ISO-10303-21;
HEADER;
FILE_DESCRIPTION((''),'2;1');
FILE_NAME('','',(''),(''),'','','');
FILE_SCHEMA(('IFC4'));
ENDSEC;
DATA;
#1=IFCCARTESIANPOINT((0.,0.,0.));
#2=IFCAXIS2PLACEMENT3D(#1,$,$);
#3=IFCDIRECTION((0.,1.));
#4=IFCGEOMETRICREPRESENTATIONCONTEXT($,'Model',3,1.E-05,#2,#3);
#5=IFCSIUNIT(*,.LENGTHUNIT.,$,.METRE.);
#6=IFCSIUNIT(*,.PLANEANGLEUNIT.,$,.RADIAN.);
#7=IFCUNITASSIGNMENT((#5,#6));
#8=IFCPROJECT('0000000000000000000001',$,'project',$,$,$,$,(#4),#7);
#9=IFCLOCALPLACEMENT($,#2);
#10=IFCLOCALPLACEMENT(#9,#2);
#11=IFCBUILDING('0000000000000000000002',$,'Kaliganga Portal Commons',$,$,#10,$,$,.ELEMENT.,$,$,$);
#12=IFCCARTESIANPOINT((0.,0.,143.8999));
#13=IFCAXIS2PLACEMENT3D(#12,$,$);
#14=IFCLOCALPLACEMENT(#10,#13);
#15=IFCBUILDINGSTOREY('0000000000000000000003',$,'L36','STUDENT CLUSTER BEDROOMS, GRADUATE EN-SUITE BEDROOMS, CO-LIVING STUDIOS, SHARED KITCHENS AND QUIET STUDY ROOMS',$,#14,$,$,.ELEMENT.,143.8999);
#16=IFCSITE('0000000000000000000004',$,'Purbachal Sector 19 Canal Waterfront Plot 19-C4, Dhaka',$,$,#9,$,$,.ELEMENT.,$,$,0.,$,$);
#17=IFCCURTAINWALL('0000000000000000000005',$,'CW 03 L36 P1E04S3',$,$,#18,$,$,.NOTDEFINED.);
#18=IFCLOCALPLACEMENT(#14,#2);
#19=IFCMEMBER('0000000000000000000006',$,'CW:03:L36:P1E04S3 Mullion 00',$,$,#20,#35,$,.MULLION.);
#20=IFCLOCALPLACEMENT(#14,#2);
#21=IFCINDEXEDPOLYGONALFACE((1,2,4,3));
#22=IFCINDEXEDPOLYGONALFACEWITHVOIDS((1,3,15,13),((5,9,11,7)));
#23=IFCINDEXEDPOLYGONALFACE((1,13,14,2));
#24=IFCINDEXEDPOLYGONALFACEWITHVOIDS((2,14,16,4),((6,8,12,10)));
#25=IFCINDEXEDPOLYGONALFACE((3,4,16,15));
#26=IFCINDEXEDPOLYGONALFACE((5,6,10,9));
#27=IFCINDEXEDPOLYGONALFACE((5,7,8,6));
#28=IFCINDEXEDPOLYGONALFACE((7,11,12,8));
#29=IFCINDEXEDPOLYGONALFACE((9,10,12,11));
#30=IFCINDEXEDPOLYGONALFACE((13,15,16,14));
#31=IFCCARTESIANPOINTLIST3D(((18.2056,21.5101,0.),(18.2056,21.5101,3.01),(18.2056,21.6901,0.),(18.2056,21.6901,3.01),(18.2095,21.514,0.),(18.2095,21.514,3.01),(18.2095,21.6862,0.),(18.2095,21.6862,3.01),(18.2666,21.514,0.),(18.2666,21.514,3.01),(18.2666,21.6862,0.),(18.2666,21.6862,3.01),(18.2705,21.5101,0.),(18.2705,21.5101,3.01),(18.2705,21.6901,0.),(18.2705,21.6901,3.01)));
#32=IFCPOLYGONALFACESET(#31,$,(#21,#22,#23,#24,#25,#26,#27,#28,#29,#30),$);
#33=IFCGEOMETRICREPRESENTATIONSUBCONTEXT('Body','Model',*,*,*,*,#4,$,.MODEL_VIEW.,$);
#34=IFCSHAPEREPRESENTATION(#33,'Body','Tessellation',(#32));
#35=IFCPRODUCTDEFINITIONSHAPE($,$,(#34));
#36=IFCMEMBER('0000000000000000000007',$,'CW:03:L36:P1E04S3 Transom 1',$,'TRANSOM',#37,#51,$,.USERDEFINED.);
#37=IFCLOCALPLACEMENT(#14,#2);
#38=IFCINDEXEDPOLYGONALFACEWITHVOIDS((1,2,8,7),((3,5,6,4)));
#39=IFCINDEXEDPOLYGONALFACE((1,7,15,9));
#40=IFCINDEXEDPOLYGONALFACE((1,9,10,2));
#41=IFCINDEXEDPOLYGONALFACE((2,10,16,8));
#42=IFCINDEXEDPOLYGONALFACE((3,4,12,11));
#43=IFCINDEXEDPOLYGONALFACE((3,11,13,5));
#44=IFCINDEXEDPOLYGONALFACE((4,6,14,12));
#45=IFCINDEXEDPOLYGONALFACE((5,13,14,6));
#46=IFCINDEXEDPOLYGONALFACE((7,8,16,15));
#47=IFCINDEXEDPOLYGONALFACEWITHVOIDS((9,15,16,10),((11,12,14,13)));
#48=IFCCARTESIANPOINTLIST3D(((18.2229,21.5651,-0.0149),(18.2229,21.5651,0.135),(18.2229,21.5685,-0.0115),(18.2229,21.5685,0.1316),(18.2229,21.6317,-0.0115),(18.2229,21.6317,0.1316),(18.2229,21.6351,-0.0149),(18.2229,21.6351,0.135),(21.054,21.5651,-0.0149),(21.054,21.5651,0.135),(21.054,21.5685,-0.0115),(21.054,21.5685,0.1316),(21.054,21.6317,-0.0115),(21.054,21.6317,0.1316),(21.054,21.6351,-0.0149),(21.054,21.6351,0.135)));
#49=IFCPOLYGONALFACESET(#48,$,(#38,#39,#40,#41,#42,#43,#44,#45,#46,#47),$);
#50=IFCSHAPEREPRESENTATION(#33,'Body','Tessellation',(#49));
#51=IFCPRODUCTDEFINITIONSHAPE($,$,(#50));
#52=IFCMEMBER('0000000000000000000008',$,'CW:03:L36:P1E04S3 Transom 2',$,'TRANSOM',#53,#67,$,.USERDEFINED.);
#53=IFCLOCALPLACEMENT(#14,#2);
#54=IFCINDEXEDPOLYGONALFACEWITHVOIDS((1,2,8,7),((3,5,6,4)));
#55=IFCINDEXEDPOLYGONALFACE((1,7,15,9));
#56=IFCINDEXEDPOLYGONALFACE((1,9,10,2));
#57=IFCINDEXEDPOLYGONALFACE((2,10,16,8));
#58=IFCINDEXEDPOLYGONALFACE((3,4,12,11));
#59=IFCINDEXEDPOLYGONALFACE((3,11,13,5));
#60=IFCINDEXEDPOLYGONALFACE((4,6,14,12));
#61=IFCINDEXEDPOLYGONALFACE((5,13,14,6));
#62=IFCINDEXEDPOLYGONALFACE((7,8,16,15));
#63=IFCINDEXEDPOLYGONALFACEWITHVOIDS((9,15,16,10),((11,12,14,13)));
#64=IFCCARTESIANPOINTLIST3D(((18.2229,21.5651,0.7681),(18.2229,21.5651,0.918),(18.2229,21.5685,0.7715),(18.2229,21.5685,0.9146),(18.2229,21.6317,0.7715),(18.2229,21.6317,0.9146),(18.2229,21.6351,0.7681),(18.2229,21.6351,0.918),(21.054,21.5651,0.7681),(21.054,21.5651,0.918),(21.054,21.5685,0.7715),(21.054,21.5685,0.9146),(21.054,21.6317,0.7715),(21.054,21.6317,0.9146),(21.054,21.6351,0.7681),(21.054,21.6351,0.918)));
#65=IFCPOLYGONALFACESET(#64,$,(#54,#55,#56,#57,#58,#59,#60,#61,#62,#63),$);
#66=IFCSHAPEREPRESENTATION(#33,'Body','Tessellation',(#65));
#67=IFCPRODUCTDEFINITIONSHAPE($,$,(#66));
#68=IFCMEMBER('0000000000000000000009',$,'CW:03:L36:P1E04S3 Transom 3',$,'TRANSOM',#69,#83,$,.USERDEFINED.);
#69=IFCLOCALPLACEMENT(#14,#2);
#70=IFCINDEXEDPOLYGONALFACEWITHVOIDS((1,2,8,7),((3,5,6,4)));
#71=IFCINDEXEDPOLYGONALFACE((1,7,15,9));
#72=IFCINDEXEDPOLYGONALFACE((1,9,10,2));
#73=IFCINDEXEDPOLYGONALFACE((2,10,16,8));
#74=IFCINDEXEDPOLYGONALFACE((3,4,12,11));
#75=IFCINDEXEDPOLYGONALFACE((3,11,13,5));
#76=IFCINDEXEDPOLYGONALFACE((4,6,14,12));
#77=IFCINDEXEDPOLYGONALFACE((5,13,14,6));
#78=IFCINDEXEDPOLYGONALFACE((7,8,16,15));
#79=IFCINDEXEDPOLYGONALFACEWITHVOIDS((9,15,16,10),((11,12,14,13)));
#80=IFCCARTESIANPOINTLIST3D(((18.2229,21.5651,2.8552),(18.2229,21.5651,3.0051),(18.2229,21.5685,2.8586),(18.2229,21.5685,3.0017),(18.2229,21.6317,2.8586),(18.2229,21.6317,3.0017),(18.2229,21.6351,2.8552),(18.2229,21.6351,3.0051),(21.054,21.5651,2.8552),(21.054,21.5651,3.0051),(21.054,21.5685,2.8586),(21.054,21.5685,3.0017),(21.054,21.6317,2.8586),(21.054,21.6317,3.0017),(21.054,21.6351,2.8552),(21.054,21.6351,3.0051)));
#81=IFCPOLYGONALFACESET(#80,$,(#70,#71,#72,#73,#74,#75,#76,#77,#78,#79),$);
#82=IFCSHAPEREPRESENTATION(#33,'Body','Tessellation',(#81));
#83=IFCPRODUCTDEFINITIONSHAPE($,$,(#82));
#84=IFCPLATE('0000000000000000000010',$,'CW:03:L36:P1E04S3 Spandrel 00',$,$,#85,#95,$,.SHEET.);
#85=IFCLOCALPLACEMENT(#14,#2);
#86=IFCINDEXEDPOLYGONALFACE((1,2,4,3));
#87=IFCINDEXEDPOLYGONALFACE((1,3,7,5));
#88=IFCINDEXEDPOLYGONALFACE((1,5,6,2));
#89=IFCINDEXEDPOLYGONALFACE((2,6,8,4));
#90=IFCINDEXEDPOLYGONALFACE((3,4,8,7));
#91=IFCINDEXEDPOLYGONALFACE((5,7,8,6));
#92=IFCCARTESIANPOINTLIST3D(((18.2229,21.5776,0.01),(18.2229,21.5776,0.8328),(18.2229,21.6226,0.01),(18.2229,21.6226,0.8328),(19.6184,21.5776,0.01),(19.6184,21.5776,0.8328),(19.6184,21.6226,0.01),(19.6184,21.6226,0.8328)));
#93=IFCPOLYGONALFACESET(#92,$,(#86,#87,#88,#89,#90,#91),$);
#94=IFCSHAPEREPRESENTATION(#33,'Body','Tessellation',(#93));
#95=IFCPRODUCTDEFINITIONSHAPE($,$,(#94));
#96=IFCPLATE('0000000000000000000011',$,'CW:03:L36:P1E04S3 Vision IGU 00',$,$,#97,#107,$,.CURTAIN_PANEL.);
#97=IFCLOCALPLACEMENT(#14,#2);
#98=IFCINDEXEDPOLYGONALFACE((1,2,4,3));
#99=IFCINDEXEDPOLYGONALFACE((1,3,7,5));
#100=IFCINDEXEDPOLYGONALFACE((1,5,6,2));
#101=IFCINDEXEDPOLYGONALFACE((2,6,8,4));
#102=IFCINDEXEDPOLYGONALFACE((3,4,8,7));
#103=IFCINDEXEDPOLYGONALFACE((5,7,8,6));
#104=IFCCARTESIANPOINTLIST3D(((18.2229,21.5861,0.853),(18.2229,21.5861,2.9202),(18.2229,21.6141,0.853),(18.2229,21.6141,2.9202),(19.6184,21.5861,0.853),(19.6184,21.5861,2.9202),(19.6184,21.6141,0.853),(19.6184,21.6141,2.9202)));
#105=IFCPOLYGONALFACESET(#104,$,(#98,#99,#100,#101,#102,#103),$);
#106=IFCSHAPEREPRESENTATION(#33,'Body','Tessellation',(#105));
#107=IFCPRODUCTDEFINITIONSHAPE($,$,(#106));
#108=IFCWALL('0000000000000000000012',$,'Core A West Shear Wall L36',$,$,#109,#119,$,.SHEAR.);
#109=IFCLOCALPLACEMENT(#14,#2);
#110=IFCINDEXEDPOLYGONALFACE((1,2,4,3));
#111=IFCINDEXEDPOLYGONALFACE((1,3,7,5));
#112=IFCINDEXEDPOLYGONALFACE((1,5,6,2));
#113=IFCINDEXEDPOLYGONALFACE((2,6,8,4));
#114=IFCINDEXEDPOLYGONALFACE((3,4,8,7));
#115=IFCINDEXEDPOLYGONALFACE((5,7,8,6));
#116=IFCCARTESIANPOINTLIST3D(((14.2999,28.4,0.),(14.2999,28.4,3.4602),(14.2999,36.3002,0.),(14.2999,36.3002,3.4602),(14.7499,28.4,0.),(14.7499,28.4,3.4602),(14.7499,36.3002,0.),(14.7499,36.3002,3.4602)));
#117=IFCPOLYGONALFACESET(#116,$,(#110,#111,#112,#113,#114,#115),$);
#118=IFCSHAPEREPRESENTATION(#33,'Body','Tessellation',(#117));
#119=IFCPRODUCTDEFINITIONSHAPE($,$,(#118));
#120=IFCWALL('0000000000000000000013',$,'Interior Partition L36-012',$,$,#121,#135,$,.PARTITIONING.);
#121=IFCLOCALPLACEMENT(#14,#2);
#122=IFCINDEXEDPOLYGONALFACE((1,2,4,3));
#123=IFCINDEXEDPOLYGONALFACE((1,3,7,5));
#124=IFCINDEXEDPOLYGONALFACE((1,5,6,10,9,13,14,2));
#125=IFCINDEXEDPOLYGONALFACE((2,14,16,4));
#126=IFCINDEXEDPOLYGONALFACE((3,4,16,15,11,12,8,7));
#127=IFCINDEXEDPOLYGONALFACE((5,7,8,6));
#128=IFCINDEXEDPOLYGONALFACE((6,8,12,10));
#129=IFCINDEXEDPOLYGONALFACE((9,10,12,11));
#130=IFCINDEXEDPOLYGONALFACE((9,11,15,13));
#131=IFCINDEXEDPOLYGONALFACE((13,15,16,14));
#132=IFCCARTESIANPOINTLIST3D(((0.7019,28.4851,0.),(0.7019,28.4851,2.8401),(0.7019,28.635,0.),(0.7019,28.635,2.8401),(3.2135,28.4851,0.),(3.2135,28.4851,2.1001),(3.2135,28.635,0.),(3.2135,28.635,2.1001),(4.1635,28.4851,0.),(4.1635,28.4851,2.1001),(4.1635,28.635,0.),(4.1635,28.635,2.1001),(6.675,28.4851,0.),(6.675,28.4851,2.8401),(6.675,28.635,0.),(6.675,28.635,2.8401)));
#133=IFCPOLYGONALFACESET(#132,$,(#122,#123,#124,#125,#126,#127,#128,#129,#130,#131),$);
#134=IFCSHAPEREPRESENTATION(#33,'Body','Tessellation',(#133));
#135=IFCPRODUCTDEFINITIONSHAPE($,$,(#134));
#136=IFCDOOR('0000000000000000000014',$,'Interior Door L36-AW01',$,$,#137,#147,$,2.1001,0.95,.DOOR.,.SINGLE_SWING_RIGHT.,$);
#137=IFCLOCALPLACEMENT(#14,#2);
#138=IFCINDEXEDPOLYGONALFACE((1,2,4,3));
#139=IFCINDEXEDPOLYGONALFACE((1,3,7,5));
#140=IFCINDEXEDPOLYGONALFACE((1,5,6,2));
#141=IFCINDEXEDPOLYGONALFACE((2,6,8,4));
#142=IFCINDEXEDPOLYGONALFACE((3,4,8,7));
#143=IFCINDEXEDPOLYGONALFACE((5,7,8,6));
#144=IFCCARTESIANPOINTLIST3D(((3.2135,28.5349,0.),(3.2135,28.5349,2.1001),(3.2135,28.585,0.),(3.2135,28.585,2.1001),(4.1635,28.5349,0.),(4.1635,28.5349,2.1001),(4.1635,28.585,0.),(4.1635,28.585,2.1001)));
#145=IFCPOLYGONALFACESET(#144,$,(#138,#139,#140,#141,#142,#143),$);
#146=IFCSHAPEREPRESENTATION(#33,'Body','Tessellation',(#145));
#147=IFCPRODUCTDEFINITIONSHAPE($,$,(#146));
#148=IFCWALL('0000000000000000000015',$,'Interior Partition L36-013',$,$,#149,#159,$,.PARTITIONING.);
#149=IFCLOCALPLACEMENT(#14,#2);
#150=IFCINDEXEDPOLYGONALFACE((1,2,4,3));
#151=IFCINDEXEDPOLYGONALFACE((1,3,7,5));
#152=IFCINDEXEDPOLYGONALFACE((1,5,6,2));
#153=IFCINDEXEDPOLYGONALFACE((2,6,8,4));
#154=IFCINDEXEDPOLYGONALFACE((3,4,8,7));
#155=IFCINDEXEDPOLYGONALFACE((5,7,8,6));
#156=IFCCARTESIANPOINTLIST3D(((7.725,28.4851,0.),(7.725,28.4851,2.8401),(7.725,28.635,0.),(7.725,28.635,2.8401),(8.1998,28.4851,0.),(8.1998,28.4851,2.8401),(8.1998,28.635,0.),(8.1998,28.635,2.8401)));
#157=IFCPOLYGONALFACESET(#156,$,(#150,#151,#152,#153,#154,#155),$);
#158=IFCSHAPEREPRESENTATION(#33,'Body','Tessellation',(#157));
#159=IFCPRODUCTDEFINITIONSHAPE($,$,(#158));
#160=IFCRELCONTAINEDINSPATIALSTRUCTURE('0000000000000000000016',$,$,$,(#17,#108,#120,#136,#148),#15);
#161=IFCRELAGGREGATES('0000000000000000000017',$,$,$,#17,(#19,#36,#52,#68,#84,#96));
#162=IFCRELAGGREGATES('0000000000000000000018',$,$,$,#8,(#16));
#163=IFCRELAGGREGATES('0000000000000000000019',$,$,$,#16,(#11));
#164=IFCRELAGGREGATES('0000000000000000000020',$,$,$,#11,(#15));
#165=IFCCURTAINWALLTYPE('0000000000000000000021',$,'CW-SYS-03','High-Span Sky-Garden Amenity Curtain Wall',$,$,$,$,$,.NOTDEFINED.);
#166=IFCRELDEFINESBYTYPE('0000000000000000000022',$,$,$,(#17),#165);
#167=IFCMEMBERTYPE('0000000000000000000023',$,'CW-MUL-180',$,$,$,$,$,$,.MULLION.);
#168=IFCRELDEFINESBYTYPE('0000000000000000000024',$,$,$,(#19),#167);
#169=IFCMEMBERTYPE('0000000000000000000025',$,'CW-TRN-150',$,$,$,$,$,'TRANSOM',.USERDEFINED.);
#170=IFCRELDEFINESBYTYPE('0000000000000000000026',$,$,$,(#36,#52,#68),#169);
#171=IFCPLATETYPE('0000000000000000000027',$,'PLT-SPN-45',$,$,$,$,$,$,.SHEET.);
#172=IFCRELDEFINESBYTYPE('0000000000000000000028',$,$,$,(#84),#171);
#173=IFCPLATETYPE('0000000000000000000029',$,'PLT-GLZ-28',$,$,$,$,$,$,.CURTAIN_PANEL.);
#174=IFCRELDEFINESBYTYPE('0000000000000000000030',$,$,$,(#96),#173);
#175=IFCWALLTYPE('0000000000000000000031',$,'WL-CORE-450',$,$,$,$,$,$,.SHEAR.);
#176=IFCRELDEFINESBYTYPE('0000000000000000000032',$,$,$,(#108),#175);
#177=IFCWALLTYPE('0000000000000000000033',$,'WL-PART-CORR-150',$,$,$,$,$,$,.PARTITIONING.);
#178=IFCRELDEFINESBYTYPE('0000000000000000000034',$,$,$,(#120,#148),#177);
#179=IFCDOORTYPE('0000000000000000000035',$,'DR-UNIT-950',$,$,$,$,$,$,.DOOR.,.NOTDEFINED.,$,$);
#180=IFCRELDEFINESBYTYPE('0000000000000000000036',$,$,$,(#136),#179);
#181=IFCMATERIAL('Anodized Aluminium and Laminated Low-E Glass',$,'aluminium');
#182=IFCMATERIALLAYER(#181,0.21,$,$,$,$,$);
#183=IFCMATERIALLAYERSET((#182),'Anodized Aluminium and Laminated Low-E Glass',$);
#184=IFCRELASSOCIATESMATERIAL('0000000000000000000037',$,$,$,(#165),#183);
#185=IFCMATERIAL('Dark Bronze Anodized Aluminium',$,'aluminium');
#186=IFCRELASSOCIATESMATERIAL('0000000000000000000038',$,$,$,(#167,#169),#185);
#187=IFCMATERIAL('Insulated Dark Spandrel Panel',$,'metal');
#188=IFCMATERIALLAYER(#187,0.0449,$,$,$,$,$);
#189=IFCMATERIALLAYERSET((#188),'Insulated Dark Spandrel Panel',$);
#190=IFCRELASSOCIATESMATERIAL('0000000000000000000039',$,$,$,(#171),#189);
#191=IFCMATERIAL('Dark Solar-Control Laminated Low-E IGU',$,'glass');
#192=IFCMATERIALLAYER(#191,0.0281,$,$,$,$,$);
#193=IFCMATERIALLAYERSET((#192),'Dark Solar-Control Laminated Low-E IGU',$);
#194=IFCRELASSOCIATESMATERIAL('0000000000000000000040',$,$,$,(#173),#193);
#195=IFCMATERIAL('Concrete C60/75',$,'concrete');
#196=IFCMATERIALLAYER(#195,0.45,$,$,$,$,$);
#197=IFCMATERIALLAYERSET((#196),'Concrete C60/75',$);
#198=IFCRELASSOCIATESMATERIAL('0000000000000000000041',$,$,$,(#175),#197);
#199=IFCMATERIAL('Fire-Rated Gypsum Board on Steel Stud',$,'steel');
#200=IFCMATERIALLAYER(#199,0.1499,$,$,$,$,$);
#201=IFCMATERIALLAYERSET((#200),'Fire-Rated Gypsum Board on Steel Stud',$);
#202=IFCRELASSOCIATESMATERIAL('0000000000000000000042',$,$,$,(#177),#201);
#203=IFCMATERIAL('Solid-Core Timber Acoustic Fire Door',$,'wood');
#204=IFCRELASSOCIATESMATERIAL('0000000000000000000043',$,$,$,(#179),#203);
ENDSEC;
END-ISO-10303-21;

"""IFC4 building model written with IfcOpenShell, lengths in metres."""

from ifc_helpers import new_model, si_unit, direction, frame, frame_2d, origin, origin_2d, place, context, subcontext, project, spatial, rectangle, hollow_rectangle, extrude, source, transform, mapped, material, layer, layer_set, material_profile, profile_set, type_object, element, fill, aggregate, save


model = new_model("IFC4")

# Units and contexts
model_context = context("Model", 3, precision=1e-05, world=origin(), true_north=direction((0.0, 1.0)))
body_context = subcontext(model_context, "Body", "Model", "MODEL_VIEW")
ifc_project = project(units=[si_unit("LENGTHUNIT", "METRE"), si_unit("PLANEANGLEUNIT", "RADIAN")], contexts=[model_context])

# Site, building, storey
site_placement = place(None, origin())
site = spatial("IfcSite", under=ifc_project, at=site_placement, Name="Purbachal Sector 19 Canal Waterfront Plot 19-C4, Dhaka", CompositionType="ELEMENT", RefElevation=0.0)
building_placement = place(site_placement, origin())
building = spatial("IfcBuilding", under=site, at=building_placement, Name="Kaliganga Portal Commons", CompositionType="ELEMENT")
storey_placement = place(building_placement, frame((0.0, 0.0, 143.8999)))
storey = spatial("IfcBuildingStorey", under=building, at=storey_placement, Name="L36", Description="STUDENT CLUSTER BEDROOMS, GRADUATE EN-SUITE BEDROOMS, CO-LIVING STUDIOS, SHARED KITCHENS AND QUIET STUDY ROOMS", CompositionType="ELEMENT", Elevation=143.8999)

# Curtain wall, members, plates
ifc_material_1 = material(Name="Anodized Aluminium and Laminated Low-E Glass", Category="aluminium")
ifc_layer_1 = layer(ifc_material_1, 0.21)
ifc_layer_set_1 = layer_set([ifc_layer_1], Name="Anodized Aluminium and Laminated Low-E Glass")
curtain_wall_type = type_object("IfcCurtainWallType", Name="CW-SYS-03", Description="High-Span Sky-Garden Amenity Curtain Wall", PredefinedType="NOTDEFINED", material=ifc_layer_set_1)
curtain_wall_placement = place(storey_placement, origin())
curtain_wall = element("IfcCurtainWall", 1, at=curtain_wall_placement, inside=storey, type_object=curtain_wall_type, Name="CW 03 L36 P1E04S3", PredefinedType="NOTDEFINED")
ifc_material_2 = material(Name="Dark Bronze Anodized Aluminium", Category="aluminium")
ifc_material_profile_1 = material_profile(ifc_material_2, hollow_rectangle(XDim=0.0649, YDim=0.1799, WallThickness=0.0039, at=origin_2d()), Name="ALU MULL 65x180x4")
ifc_profile_set_1 = profile_set([ifc_material_profile_1], Name="Dark Bronze Anodized Aluminium")
member_type_1 = type_object("IfcMemberType", Name="CW-MUL-180", PredefinedType="MULLION", material=ifc_profile_set_1)
shared_shape_1 = source(origin(), body_context, "Body", "SweptSolid", [
    extrude(hollow_rectangle(XDim=0.0649, YDim=0.1799, WallThickness=0.0039, at=origin_2d()), origin(), (0.0, 0.0, 1.0), 3.01),
])
member_1_placement = place(storey_placement, frame((18.238, 21.6001, 0.0), z_axis=(0.0, 0.0, 1.0), x_axis=(1.0, 0.0, 0.0)))
member_1 = element("IfcMember", 2, at=member_1_placement, type_object=member_type_1, Name="CW:03:L36:P1E04S3 Mullion 00", PredefinedType="MULLION", context=body_context, shape_type="MappedRepresentation", body=[
    mapped(shared_shape_1, transform((0.0, 0.0, 0.0), x_axis=(1.0, 0.0, 0.0), y_axis=(0.0, 1.0, 0.0), z_axis=(0.0, 0.0, 1.0), scale=1.0)),
])
ifc_material_profile_2 = material_profile(ifc_material_2, hollow_rectangle(XDim=0.0701, YDim=0.1499, WallThickness=0.0034, at=origin_2d()), Name="ALU TRAN 70x150x3.5")
ifc_profile_set_2 = profile_set([ifc_material_profile_2], Name="Dark Bronze Anodized Aluminium")
member_type_2 = type_object("IfcMemberType", Name="CW-TRN-150", ElementType="TRANSOM", PredefinedType="USERDEFINED", material=ifc_profile_set_2)
shared_shape_2 = source(origin(), body_context, "Body", "SweptSolid", [
    extrude(hollow_rectangle(XDim=0.0701, YDim=0.1499, WallThickness=0.0034, at=origin_2d()), origin(), (0.0, 0.0, 1.0), 2.8311),
])
member_2_placement = place(storey_placement, frame((18.2229, 21.6001, 0.0601), z_axis=(1.0, 0.0, 0.0), x_axis=(0.0, 1.0, 0.0)))
member_2 = element("IfcMember", 3, at=member_2_placement, type_object=member_type_2, Name="CW:03:L36:P1E04S3 Transom 1", ObjectType="TRANSOM", PredefinedType="USERDEFINED", context=body_context, shape_type="MappedRepresentation", body=[
    mapped(shared_shape_2, transform((0.0, 0.0, 0.0), x_axis=(1.0, 0.0, 0.0), y_axis=(0.0, 1.0, 0.0), z_axis=(0.0, 0.0, 1.0), scale=1.0)),
])
member_3_placement = place(storey_placement, frame((18.2229, 21.6001, 0.843), z_axis=(1.0, 0.0, 0.0), x_axis=(0.0, 1.0, 0.0)))
member_3 = element("IfcMember", 4, at=member_3_placement, type_object=member_type_2, Name="CW:03:L36:P1E04S3 Transom 2", ObjectType="TRANSOM", PredefinedType="USERDEFINED", context=body_context, shape_type="MappedRepresentation", body=[
    mapped(shared_shape_2, transform((0.0, 0.0, 0.0), x_axis=(1.0, 0.0, 0.0), y_axis=(0.0, 1.0, 0.0), z_axis=(0.0, 0.0, 1.0), scale=1.0)),
])
member_4_placement = place(storey_placement, frame((18.2229, 21.6001, 2.9302), z_axis=(1.0, 0.0, 0.0), x_axis=(0.0, 1.0, 0.0)))
member_4 = element("IfcMember", 5, at=member_4_placement, type_object=member_type_2, Name="CW:03:L36:P1E04S3 Transom 3", ObjectType="TRANSOM", PredefinedType="USERDEFINED", context=body_context, shape_type="MappedRepresentation", body=[
    mapped(shared_shape_2, transform((0.0, 0.0, 0.0), x_axis=(1.0, 0.0, 0.0), y_axis=(0.0, 1.0, 0.0), z_axis=(0.0, 0.0, 1.0), scale=1.0)),
])
ifc_material_3 = material(Name="Insulated Dark Spandrel Panel", Category="metal")
ifc_layer_2 = layer(ifc_material_3, 0.0449)
ifc_layer_set_2 = layer_set([ifc_layer_2], Name="Insulated Dark Spandrel Panel")
plate_type_1 = type_object("IfcPlateType", Name="PLT-SPN-45", PredefinedType="SHEET", material=ifc_layer_set_2)
shared_shape_3 = source(origin(), body_context, "Body", "SweptSolid", [
    extrude(rectangle(XDim=1.3955, YDim=0.0449, at=origin_2d()), origin(), (0.0, 0.0, 1.0), 0.8228),
])
plate_1_placement = place(storey_placement, frame((18.9207, 21.6001, 0.01), z_axis=(0.0, 0.0, 1.0), x_axis=(1.0, 0.0, 0.0)))
plate_1 = element("IfcPlate", 6, at=plate_1_placement, type_object=plate_type_1, Name="CW:03:L36:P1E04S3 Spandrel 00", PredefinedType="SHEET", context=body_context, shape_type="MappedRepresentation", body=[
    mapped(shared_shape_3, transform((0.0, 0.0, 0.0), x_axis=(1.0, 0.0, 0.0), y_axis=(0.0, 1.0, 0.0), z_axis=(0.0, 0.0, 1.0), scale=1.0)),
])
ifc_material_4 = material(Name="Dark Solar-Control Laminated Low-E IGU", Category="glass")
ifc_layer_3 = layer(ifc_material_4, 0.0281)
ifc_layer_set_3 = layer_set([ifc_layer_3], Name="Dark Solar-Control Laminated Low-E IGU")
plate_type_2 = type_object("IfcPlateType", Name="PLT-GLZ-28", PredefinedType="CURTAIN_PANEL", material=ifc_layer_set_3)
shared_shape_4 = source(origin(), body_context, "Body", "SweptSolid", [
    extrude(rectangle(XDim=1.3955, YDim=0.0281, at=origin_2d()), origin(), (0.0, 0.0, 1.0), 2.0671),
])
plate_2_placement = place(storey_placement, frame((18.9207, 21.6001, 0.853), z_axis=(0.0, 0.0, 1.0), x_axis=(1.0, 0.0, 0.0)))
plate_2 = element("IfcPlate", 7, at=plate_2_placement, type_object=plate_type_2, Name="CW:03:L36:P1E04S3 Vision IGU 00", PredefinedType="CURTAIN_PANEL", context=body_context, shape_type="MappedRepresentation", body=[
    mapped(shared_shape_4, transform((0.0, 0.0, 0.0), x_axis=(1.0, 0.0, 0.0), y_axis=(0.0, 1.0, 0.0), z_axis=(0.0, 0.0, 1.0), scale=1.0)),
])
aggregate(curtain_wall, [member_1, member_2, member_3, member_4, plate_1, plate_2])

# Wall
ifc_material_5 = material(Name="Concrete C60/75", Category="concrete")
ifc_layer_4 = layer(ifc_material_5, 0.45)
ifc_layer_set_4 = layer_set([ifc_layer_4], Name="Concrete C60/75")
wall_type_1 = type_object("IfcWallType", Name="WL-CORE-450", PredefinedType="SHEAR", material=ifc_layer_set_4)
wall_1_placement = place(storey_placement, frame((14.5249, 28.3999, 0.0), z_axis=(0.0, 0.0, 1.0), x_axis=(0.0, 1.0, 0.0)))
element("IfcWall", 8, at=wall_1_placement, inside=storey, type_object=wall_type_1, Name="Core A West Shear Wall L36", PredefinedType="SHEAR", context=body_context, shape_type="SweptSolid", body=[
    extrude(rectangle(XDim=7.9001, YDim=0.45, at=frame_2d((3.9502, 0.0))), origin(), (0.0, 0.0, 1.0), 3.4602),
])

# Wall, opening, door
ifc_material_6 = material(Name="Fire-Rated Gypsum Board on Steel Stud", Category="steel")
ifc_layer_5 = layer(ifc_material_6, 0.1499)
ifc_layer_set_5 = layer_set([ifc_layer_5], Name="Fire-Rated Gypsum Board on Steel Stud")
wall_type_2 = type_object("IfcWallType", Name="WL-PART-CORR-150", PredefinedType="PARTITIONING", material=ifc_layer_set_5)
wall_2_placement = place(storey_placement, frame((0.7019, 28.5601, 0.0), z_axis=(0.0, 0.0, 1.0), x_axis=(1.0, 0.0, 0.0)))
wall_2 = element("IfcWall", 9, at=wall_2_placement, inside=storey, type_object=wall_type_2, Name="Interior Partition L36-012", PredefinedType="PARTITIONING", context=body_context, shape_type="SweptSolid", body=[
    extrude(rectangle(XDim=5.9731, YDim=0.1499, at=frame_2d((2.9866, 0.0))), origin(), (0.0, 0.0, 1.0), 2.8401),
])
opening_1_placement = place(wall_2_placement, frame((2.5115, 0.0, 0.0)))
opening_1 = element("IfcOpeningElement", 10, at=opening_1_placement, cuts=wall_2, PredefinedType="OPENING", context=body_context, shape_type="SweptSolid", body=[
    extrude(rectangle(XDim=0.95, YDim=2.1001, at=frame_2d((0.4751, 1.05))), frame((0.0, 0.085, 0.0), z_axis=(0.0, -1.0, 0.0), x_axis=(1.0, 0.0, 0.0)), (0.0, 0.0, 1.0), 0.1699),
])
ifc_material_7 = material(Name="Solid-Core Timber Acoustic Fire Door", Category="wood")
door_type_1 = type_object("IfcDoorType", Name="DR-UNIT-950", OperationType="NOTDEFINED", PredefinedType="DOOR", material=ifc_material_7)
door_1_placement = place(opening_1_placement, origin())
door_1 = element("IfcDoor", 11, at=door_1_placement, inside=storey, type_object=door_type_1, Name="Interior Door L36-AW01", OperationType="SINGLE_SWING_RIGHT", OverallHeight=2.1001, OverallWidth=0.95, PredefinedType="DOOR", context=body_context, shape_type="SweptSolid", body=[
    extrude(rectangle(XDim=0.95, YDim=2.1001, at=frame_2d((0.4751, 1.05))), frame((0.0, 0.0249, 0.0), z_axis=(0.0, -1.0, 0.0), x_axis=(1.0, 0.0, 0.0)), (0.0, 0.0, 1.0), 0.05),
])
fill(opening_1, door_1)

# Wall
wall_3_placement = place(storey_placement, frame((7.7251, 28.5601, 0.0), z_axis=(0.0, 0.0, 1.0), x_axis=(1.0, 0.0, 0.0)))
element("IfcWall", 12, at=wall_3_placement, inside=storey, type_object=wall_type_2, Name="Interior Partition L36-013", PredefinedType="PARTITIONING", context=body_context, shape_type="SweptSolid", body=[
    extrude(rectangle(XDim=0.4749, YDim=0.1499, at=frame_2d((0.2373, 0.0))), origin(), (0.0, 0.0, 1.0), 2.8401),
])

save(model, "model.ifc")
